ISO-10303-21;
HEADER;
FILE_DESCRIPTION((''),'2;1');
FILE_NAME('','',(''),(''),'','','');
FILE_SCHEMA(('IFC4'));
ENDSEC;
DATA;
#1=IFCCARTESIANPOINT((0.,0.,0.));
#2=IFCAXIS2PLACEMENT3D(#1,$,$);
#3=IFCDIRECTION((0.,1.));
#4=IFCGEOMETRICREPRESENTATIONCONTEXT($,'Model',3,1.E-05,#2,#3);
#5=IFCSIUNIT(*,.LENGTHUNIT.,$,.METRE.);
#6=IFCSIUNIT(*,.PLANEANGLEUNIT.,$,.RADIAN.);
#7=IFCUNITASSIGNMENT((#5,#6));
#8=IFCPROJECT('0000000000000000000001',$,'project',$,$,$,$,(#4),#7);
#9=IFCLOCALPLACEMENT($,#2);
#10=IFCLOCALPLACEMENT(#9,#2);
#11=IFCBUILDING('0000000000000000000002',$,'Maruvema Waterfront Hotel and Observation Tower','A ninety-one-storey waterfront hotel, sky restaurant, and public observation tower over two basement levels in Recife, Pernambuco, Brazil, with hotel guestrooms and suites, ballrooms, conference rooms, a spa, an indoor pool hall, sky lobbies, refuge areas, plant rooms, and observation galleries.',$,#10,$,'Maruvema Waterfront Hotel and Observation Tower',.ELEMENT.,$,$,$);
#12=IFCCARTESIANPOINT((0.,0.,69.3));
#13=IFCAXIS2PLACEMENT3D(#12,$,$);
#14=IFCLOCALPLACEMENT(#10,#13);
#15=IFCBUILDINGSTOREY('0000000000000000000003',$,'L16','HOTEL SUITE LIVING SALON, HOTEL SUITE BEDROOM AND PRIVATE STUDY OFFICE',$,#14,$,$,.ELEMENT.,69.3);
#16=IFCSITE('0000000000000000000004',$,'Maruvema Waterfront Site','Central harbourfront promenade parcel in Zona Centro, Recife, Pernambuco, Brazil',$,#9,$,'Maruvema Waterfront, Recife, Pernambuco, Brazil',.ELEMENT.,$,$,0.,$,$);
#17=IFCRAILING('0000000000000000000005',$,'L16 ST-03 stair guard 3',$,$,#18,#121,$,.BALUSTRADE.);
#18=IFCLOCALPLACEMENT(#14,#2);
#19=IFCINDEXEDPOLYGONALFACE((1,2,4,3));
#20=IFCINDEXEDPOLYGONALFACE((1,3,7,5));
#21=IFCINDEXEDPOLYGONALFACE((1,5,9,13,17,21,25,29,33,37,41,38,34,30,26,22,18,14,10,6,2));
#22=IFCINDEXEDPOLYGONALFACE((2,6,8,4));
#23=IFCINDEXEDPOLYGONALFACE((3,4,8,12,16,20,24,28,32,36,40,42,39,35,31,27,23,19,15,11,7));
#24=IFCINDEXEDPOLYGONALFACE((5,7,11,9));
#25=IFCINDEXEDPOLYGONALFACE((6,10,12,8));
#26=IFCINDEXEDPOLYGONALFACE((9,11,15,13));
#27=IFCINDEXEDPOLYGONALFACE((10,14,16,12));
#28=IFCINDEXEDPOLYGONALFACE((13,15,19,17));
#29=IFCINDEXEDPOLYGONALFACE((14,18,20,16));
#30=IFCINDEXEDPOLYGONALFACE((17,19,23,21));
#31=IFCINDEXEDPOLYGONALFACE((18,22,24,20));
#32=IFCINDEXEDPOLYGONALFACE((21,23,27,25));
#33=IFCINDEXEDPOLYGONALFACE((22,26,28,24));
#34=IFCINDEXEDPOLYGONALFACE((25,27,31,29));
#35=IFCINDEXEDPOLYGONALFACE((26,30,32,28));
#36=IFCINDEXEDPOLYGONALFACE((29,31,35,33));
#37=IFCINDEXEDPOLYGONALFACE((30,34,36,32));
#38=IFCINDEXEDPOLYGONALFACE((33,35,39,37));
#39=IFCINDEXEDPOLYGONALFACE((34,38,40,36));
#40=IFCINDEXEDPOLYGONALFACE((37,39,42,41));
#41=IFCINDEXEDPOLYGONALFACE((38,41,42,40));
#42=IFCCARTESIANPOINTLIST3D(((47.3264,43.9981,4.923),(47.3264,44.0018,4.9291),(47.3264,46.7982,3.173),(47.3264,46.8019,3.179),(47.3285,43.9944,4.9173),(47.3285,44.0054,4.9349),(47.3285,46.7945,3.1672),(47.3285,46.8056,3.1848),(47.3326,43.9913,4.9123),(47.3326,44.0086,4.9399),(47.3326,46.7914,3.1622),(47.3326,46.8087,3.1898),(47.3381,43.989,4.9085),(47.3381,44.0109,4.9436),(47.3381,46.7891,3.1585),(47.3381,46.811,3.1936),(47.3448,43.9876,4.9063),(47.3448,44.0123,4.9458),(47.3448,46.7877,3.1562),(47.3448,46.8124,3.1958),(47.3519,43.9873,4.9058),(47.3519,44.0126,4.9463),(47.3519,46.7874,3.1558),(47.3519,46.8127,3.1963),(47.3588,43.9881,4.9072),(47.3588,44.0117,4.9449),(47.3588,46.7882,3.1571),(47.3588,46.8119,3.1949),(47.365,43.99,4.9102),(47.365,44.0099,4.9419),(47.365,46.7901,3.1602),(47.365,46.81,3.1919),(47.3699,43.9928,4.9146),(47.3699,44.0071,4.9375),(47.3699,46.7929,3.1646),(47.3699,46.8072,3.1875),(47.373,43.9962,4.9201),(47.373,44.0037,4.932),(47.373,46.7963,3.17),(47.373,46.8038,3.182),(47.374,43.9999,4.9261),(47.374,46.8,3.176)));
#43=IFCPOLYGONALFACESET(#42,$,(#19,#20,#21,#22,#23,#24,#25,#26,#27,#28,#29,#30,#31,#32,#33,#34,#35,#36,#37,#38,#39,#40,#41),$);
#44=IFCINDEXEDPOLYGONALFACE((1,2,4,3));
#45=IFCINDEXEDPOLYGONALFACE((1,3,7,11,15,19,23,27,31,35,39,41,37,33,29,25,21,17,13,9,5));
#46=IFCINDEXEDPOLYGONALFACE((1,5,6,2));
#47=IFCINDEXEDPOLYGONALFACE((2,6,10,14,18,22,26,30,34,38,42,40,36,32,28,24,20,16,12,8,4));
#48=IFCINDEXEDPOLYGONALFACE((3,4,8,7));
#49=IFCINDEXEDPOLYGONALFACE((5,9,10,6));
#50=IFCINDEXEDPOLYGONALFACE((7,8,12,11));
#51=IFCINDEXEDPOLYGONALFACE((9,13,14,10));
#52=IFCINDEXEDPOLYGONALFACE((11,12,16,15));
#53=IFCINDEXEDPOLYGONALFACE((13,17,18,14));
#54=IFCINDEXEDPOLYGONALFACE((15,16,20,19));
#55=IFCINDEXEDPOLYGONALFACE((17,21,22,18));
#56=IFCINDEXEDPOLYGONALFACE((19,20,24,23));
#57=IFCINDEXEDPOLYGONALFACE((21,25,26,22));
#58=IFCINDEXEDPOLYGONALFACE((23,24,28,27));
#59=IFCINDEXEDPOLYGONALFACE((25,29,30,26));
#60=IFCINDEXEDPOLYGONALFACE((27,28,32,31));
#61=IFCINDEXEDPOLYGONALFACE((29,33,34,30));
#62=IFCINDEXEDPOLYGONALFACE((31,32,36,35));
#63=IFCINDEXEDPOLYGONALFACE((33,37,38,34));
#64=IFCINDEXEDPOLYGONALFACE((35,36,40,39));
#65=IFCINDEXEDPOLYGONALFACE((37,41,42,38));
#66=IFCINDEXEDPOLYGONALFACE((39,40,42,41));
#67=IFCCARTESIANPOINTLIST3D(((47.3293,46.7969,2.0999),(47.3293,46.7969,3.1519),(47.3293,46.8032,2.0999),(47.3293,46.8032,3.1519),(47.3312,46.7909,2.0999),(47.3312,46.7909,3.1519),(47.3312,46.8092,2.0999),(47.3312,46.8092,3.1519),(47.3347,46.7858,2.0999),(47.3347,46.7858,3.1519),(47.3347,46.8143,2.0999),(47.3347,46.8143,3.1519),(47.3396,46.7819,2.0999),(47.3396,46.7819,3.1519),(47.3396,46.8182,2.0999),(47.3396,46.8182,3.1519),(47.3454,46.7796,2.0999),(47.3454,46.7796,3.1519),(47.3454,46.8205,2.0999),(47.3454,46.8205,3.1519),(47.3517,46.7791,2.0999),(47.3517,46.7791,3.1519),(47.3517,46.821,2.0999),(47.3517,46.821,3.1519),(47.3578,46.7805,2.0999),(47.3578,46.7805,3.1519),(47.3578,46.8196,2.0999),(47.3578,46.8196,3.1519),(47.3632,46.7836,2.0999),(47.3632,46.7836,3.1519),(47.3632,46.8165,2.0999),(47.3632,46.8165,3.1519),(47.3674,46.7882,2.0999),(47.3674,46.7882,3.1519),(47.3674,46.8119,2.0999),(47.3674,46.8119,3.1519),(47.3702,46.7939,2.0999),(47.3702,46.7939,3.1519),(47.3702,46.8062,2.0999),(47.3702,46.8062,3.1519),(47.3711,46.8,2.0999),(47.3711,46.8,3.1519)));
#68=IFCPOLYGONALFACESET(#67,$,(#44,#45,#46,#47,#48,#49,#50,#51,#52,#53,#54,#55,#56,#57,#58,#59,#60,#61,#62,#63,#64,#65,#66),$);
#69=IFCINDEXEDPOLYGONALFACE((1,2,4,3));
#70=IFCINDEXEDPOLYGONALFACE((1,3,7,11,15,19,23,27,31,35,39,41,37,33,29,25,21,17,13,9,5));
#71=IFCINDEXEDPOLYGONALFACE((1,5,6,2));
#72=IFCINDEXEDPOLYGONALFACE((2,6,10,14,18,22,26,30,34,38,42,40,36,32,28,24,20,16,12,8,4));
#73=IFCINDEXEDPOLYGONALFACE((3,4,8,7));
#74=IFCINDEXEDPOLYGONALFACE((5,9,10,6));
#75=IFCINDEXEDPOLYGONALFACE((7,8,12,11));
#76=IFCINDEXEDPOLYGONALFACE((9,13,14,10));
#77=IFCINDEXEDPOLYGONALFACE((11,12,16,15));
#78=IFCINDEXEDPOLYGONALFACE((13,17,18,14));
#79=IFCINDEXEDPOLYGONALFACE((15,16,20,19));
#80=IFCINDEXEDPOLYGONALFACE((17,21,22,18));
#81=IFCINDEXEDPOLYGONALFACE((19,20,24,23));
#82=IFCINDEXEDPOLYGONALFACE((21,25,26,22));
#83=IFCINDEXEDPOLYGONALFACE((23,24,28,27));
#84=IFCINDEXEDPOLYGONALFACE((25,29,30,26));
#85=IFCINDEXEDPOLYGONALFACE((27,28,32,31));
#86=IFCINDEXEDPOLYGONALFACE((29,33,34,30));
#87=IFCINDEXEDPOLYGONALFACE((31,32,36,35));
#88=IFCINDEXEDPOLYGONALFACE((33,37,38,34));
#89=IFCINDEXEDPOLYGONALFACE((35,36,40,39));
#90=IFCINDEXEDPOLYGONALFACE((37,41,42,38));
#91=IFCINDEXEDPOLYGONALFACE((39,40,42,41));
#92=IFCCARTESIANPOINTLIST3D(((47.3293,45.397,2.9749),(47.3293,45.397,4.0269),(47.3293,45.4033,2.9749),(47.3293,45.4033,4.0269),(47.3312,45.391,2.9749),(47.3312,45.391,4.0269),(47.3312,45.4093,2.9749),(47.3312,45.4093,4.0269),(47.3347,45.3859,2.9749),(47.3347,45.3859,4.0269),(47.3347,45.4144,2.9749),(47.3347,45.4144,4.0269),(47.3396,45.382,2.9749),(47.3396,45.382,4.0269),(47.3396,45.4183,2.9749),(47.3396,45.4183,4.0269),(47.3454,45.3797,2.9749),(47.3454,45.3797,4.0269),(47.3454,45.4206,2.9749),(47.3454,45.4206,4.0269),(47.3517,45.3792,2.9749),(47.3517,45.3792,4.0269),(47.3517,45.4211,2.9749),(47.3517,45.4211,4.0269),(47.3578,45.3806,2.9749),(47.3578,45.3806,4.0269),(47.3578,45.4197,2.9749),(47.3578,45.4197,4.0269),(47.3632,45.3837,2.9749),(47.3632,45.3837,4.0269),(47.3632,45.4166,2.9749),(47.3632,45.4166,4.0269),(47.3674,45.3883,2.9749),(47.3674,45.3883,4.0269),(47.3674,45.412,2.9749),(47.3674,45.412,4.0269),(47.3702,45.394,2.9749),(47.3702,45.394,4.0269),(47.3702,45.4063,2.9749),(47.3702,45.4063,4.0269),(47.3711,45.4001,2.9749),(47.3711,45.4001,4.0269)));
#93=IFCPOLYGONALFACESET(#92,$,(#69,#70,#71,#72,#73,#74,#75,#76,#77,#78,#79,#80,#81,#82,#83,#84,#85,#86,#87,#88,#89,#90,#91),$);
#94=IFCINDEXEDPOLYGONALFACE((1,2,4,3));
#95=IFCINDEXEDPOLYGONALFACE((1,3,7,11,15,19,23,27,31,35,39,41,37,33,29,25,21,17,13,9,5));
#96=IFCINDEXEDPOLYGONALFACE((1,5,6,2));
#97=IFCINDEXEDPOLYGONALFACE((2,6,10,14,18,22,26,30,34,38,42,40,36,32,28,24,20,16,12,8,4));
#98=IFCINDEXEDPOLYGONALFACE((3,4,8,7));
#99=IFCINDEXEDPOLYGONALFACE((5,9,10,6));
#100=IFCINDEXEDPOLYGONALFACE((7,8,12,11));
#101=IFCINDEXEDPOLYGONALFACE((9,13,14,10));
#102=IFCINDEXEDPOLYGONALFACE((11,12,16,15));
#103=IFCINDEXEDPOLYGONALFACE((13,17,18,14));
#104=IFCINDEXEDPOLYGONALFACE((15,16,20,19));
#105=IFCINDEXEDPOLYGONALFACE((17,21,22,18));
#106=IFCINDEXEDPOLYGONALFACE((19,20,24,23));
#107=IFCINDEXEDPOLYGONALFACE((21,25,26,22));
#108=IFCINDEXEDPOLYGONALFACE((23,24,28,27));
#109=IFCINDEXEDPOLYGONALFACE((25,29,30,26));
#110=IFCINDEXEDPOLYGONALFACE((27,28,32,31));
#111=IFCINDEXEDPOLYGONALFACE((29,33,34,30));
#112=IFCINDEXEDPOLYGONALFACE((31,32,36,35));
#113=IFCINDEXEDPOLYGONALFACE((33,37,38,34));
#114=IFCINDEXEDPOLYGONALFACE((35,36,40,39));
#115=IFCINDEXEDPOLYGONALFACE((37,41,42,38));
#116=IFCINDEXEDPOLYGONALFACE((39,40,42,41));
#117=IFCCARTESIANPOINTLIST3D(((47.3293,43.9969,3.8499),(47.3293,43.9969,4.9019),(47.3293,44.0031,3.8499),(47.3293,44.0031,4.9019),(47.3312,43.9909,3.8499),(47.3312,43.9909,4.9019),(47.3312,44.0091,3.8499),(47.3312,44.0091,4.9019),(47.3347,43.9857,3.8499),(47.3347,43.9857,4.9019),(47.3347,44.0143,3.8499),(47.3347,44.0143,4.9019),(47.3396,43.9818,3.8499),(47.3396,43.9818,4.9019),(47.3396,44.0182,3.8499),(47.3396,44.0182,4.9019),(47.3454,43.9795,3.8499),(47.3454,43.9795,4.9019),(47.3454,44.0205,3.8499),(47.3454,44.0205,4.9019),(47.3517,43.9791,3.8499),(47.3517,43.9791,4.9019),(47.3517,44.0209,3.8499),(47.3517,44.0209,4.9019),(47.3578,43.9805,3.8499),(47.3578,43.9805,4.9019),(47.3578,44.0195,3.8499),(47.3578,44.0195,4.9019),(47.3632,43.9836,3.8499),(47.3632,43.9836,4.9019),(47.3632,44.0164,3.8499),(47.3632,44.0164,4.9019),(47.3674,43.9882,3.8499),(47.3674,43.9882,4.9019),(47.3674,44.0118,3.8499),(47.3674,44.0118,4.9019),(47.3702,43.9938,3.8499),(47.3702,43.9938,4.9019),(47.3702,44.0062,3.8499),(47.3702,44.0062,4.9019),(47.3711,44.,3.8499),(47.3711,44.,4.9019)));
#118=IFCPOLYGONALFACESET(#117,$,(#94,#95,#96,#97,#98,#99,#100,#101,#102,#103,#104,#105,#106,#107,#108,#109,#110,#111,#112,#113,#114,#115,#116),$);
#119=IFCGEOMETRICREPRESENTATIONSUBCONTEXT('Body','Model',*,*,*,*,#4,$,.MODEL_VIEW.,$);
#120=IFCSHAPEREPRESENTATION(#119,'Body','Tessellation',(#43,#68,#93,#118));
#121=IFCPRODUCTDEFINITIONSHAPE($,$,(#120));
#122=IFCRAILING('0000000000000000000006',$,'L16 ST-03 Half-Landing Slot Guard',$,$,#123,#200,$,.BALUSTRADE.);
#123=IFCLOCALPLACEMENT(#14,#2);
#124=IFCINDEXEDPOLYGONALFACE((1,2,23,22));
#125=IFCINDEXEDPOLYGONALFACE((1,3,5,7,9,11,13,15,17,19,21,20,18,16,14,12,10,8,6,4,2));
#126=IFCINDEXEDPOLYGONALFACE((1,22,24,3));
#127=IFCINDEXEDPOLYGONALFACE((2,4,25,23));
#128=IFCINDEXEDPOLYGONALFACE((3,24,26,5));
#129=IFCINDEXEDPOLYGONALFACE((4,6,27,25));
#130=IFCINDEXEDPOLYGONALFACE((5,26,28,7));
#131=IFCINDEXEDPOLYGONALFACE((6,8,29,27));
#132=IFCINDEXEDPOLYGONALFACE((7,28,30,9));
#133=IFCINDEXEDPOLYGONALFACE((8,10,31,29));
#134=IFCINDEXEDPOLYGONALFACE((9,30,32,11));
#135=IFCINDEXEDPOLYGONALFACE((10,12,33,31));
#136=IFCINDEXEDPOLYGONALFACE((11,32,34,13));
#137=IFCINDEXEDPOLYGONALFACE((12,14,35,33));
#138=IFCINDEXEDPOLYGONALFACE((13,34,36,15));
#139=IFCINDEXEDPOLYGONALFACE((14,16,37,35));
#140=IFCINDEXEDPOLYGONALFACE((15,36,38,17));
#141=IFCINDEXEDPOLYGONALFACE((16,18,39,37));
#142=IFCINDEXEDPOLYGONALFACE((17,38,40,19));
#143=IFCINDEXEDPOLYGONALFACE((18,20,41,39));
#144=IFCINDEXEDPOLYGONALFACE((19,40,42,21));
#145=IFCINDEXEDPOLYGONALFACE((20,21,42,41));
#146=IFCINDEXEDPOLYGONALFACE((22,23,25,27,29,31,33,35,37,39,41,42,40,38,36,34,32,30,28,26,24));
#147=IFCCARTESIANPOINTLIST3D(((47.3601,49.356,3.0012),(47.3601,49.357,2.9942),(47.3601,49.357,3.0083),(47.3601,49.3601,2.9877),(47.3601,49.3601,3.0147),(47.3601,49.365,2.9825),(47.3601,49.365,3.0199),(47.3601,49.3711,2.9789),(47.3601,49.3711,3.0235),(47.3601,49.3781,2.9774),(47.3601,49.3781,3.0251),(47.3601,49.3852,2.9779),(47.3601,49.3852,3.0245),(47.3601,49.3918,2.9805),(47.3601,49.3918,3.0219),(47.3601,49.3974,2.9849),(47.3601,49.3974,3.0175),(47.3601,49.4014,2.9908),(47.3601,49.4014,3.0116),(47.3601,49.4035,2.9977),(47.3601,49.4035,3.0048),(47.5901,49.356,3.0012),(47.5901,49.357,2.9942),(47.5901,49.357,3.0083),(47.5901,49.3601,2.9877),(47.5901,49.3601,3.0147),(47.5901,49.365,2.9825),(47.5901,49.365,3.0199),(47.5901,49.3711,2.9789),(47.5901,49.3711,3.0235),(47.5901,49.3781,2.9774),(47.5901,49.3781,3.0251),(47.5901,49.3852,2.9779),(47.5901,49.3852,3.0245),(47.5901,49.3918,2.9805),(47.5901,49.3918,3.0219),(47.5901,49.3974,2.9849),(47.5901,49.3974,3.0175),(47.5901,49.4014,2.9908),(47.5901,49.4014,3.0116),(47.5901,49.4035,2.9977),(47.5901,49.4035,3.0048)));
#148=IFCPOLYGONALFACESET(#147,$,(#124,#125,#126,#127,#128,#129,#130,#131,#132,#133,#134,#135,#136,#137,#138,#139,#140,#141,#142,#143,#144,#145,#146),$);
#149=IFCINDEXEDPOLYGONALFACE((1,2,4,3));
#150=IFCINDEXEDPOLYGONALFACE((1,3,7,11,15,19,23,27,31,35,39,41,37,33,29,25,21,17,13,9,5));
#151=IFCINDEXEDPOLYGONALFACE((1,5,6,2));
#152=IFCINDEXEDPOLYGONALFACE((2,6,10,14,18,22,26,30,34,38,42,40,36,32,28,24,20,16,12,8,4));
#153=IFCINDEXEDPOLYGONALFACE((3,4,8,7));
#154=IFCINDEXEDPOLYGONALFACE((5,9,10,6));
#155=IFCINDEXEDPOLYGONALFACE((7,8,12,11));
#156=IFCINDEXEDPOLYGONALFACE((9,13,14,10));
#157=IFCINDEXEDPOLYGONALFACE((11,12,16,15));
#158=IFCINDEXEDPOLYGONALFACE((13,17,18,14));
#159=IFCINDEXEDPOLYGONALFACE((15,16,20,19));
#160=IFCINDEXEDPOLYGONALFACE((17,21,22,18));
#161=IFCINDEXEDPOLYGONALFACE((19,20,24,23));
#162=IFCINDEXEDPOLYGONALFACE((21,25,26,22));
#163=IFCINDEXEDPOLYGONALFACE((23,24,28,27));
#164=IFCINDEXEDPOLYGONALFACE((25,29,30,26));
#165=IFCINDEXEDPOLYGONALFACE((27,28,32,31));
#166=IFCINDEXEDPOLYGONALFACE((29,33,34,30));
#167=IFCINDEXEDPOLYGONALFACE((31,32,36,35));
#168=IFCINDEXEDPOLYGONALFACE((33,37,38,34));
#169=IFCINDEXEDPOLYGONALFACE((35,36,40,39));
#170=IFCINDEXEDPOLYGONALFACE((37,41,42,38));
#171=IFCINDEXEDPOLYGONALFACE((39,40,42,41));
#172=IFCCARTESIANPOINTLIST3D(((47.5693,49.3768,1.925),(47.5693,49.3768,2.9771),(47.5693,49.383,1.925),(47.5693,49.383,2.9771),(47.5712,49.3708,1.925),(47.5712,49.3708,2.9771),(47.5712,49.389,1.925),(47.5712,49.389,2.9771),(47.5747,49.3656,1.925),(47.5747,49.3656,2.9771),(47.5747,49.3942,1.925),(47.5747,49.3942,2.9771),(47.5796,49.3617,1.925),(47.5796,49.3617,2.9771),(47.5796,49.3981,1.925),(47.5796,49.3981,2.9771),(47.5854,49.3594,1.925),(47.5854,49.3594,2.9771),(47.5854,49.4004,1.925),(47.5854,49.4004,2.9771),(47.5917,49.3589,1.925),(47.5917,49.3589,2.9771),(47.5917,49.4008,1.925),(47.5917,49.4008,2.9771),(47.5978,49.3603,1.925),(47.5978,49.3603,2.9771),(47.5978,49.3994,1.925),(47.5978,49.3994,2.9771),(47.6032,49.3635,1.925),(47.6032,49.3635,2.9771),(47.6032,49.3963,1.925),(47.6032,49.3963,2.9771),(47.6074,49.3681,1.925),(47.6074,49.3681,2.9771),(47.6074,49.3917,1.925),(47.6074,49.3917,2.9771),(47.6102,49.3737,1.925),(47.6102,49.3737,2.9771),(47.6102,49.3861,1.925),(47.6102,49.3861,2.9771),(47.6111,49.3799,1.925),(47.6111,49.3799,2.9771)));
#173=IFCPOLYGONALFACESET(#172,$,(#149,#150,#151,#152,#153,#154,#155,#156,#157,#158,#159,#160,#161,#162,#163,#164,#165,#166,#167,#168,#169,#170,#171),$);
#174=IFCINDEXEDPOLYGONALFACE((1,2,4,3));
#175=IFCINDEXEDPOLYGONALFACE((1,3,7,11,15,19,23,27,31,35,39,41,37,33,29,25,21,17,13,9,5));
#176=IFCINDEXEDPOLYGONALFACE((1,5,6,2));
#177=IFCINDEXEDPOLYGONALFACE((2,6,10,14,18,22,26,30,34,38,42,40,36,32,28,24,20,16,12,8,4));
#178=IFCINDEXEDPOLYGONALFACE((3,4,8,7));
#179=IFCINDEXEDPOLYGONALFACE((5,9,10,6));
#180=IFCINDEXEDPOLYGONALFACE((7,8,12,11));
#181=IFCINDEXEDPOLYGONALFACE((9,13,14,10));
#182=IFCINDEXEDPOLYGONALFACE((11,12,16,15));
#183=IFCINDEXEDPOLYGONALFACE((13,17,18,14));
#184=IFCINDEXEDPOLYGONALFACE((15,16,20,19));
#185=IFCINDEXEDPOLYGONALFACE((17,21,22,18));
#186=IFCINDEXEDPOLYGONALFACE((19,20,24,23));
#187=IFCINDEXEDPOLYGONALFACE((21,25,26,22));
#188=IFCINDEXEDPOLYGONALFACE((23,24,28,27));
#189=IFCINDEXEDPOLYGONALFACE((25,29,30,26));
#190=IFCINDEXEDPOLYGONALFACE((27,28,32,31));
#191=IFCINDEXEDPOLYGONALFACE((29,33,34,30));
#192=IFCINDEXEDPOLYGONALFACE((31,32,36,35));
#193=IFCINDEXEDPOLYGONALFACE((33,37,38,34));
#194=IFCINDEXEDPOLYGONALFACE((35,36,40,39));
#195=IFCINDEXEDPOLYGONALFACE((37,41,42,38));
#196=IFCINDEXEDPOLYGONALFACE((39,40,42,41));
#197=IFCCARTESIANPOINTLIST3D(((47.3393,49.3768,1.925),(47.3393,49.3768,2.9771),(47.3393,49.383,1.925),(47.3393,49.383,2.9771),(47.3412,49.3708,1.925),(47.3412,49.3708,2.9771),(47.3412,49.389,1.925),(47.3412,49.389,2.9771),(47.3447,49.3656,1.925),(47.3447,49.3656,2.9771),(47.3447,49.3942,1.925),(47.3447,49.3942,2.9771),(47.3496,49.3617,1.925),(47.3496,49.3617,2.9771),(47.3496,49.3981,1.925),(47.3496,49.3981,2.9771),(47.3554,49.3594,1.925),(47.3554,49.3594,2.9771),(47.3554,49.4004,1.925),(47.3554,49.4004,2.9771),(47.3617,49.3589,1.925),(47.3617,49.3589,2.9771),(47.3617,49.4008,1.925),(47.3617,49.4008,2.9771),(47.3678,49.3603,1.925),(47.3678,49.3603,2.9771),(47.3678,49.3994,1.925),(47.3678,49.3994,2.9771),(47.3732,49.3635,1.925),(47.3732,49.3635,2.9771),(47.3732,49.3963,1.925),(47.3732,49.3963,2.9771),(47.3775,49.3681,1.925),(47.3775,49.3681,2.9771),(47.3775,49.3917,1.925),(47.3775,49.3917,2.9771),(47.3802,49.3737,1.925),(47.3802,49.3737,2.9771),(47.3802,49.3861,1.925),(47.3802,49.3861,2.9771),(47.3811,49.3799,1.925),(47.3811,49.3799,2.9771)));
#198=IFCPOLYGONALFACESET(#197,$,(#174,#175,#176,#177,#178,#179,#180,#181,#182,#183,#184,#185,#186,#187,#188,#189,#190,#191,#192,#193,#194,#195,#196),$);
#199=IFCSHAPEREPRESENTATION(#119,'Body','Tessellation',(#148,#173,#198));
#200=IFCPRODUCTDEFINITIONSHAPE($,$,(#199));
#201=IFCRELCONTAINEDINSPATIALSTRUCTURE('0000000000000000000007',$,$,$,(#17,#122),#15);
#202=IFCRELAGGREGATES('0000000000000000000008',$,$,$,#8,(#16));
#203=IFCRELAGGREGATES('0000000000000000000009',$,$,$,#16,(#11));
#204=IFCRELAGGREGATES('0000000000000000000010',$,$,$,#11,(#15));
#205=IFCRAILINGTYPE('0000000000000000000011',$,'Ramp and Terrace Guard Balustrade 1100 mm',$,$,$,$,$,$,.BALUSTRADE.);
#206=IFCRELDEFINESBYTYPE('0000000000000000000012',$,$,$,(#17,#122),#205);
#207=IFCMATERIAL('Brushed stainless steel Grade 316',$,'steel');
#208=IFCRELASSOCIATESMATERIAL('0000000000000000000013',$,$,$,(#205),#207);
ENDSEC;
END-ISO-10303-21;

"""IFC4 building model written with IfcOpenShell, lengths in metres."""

from ifc_helpers import new_model, si_unit, direction, frame, origin, origin_2d, place, context, subcontext, project, spatial, circle, extrude, material, type_object, element, save


model = new_model("IFC4")

# Units and contexts
model_context = context("Model", 3, precision=1e-05, world=origin(), true_north=direction((0.0, 1.0)))
body_context = subcontext(model_context, "Body", "Model", "MODEL_VIEW")
ifc_project = project(units=[si_unit("LENGTHUNIT", "METRE"), si_unit("PLANEANGLEUNIT", "RADIAN")], contexts=[model_context])

# Site, building, storey
site_placement = place(None, origin())
site = spatial("IfcSite", under=ifc_project, at=site_placement, Name="Maruvema Waterfront Site", Description="Central harbourfront promenade parcel in Zona Centro, Recife, Pernambuco, Brazil", LongName="Maruvema Waterfront, Recife, Pernambuco, Brazil", CompositionType="ELEMENT", RefElevation=0.0)
building_placement = place(site_placement, origin())
building = spatial("IfcBuilding", under=site, at=building_placement, Name="Maruvema Waterfront Hotel and Observation Tower", Description="A ninety-one-storey waterfront hotel, sky restaurant, and public observation tower over two basement levels in Recife, Pernambuco, Brazil, with hotel guestrooms and suites, ballrooms, conference rooms, a spa, an indoor pool hall, sky lobbies, refuge areas, plant rooms, and observation galleries.", LongName="Maruvema Waterfront Hotel and Observation Tower", CompositionType="ELEMENT")
storey_placement = place(building_placement, frame((0.0, 0.0, 69.3)))
storey = spatial("IfcBuildingStorey", under=building, at=storey_placement, Name="L16", Description="HOTEL SUITE LIVING SALON, HOTEL SUITE BEDROOM AND PRIVATE STUDY OFFICE", CompositionType="ELEMENT", Elevation=69.3)

# Railings
ifc_material_1 = material(Name="Brushed stainless steel Grade 316", Category="steel")
railing_type_1 = type_object("IfcRailingType", Name="Ramp and Terrace Guard Balustrade 1100 mm", PredefinedType="BALUSTRADE", material=ifc_material_1)
railing_1_placement = place(storey_placement, frame((47.3501, 46.8, 2.0999)))
element("IfcRailing", 1, at=railing_1_placement, inside=storey, type_object=railing_type_1, Name="L16 ST-03 stair guard 3", PredefinedType="BALUSTRADE", context=body_context, shape_type="SweptSolid", body=[
    extrude(circle(Radius=0.0239, at=origin_2d()), frame((0.0, 0.0, 1.0762), z_axis=(0.0, -0.848002, 0.529992), x_axis=(1.0, 0.0, 0.0)), (0.0, 0.0, 1.0), 3.302),
    extrude(circle(Radius=0.021, at=origin_2d()), origin(), (0.0, 0.0, 1.0), 1.052),
    extrude(circle(Radius=0.021, at=origin_2d()), frame((0.0, -1.3999, 0.875)), (0.0, 0.0, 1.0), 1.052),
    extrude(circle(Radius=0.021, at=origin_2d()), frame((0.0, -2.8, 1.75)), (0.0, 0.0, 1.0), 1.052),
])
railing_2_placement = place(storey_placement, frame((47.5901, 49.3799, 1.925)))
element("IfcRailing", 2, at=railing_2_placement, inside=storey, type_object=railing_type_1, Name="L16 ST-03 Half-Landing Slot Guard", PredefinedType="BALUSTRADE", context=body_context, shape_type="SweptSolid", body=[
    extrude(circle(Radius=0.0239, at=origin_2d()), frame((0.0, 0.0, 1.0762), z_axis=(-1.0, 0.0, 0.0), x_axis=(0.0, -1.0, 0.0)), (0.0, 0.0, 1.0), 0.23),
    extrude(circle(Radius=0.021, at=origin_2d()), origin(), (0.0, 0.0, 1.0), 1.052),
    extrude(circle(Radius=0.021, at=origin_2d()), frame((-0.23, 0.0, 0.0)), (0.0, 0.0, 1.0), 1.052),
])

save(model, "model.ifc")
